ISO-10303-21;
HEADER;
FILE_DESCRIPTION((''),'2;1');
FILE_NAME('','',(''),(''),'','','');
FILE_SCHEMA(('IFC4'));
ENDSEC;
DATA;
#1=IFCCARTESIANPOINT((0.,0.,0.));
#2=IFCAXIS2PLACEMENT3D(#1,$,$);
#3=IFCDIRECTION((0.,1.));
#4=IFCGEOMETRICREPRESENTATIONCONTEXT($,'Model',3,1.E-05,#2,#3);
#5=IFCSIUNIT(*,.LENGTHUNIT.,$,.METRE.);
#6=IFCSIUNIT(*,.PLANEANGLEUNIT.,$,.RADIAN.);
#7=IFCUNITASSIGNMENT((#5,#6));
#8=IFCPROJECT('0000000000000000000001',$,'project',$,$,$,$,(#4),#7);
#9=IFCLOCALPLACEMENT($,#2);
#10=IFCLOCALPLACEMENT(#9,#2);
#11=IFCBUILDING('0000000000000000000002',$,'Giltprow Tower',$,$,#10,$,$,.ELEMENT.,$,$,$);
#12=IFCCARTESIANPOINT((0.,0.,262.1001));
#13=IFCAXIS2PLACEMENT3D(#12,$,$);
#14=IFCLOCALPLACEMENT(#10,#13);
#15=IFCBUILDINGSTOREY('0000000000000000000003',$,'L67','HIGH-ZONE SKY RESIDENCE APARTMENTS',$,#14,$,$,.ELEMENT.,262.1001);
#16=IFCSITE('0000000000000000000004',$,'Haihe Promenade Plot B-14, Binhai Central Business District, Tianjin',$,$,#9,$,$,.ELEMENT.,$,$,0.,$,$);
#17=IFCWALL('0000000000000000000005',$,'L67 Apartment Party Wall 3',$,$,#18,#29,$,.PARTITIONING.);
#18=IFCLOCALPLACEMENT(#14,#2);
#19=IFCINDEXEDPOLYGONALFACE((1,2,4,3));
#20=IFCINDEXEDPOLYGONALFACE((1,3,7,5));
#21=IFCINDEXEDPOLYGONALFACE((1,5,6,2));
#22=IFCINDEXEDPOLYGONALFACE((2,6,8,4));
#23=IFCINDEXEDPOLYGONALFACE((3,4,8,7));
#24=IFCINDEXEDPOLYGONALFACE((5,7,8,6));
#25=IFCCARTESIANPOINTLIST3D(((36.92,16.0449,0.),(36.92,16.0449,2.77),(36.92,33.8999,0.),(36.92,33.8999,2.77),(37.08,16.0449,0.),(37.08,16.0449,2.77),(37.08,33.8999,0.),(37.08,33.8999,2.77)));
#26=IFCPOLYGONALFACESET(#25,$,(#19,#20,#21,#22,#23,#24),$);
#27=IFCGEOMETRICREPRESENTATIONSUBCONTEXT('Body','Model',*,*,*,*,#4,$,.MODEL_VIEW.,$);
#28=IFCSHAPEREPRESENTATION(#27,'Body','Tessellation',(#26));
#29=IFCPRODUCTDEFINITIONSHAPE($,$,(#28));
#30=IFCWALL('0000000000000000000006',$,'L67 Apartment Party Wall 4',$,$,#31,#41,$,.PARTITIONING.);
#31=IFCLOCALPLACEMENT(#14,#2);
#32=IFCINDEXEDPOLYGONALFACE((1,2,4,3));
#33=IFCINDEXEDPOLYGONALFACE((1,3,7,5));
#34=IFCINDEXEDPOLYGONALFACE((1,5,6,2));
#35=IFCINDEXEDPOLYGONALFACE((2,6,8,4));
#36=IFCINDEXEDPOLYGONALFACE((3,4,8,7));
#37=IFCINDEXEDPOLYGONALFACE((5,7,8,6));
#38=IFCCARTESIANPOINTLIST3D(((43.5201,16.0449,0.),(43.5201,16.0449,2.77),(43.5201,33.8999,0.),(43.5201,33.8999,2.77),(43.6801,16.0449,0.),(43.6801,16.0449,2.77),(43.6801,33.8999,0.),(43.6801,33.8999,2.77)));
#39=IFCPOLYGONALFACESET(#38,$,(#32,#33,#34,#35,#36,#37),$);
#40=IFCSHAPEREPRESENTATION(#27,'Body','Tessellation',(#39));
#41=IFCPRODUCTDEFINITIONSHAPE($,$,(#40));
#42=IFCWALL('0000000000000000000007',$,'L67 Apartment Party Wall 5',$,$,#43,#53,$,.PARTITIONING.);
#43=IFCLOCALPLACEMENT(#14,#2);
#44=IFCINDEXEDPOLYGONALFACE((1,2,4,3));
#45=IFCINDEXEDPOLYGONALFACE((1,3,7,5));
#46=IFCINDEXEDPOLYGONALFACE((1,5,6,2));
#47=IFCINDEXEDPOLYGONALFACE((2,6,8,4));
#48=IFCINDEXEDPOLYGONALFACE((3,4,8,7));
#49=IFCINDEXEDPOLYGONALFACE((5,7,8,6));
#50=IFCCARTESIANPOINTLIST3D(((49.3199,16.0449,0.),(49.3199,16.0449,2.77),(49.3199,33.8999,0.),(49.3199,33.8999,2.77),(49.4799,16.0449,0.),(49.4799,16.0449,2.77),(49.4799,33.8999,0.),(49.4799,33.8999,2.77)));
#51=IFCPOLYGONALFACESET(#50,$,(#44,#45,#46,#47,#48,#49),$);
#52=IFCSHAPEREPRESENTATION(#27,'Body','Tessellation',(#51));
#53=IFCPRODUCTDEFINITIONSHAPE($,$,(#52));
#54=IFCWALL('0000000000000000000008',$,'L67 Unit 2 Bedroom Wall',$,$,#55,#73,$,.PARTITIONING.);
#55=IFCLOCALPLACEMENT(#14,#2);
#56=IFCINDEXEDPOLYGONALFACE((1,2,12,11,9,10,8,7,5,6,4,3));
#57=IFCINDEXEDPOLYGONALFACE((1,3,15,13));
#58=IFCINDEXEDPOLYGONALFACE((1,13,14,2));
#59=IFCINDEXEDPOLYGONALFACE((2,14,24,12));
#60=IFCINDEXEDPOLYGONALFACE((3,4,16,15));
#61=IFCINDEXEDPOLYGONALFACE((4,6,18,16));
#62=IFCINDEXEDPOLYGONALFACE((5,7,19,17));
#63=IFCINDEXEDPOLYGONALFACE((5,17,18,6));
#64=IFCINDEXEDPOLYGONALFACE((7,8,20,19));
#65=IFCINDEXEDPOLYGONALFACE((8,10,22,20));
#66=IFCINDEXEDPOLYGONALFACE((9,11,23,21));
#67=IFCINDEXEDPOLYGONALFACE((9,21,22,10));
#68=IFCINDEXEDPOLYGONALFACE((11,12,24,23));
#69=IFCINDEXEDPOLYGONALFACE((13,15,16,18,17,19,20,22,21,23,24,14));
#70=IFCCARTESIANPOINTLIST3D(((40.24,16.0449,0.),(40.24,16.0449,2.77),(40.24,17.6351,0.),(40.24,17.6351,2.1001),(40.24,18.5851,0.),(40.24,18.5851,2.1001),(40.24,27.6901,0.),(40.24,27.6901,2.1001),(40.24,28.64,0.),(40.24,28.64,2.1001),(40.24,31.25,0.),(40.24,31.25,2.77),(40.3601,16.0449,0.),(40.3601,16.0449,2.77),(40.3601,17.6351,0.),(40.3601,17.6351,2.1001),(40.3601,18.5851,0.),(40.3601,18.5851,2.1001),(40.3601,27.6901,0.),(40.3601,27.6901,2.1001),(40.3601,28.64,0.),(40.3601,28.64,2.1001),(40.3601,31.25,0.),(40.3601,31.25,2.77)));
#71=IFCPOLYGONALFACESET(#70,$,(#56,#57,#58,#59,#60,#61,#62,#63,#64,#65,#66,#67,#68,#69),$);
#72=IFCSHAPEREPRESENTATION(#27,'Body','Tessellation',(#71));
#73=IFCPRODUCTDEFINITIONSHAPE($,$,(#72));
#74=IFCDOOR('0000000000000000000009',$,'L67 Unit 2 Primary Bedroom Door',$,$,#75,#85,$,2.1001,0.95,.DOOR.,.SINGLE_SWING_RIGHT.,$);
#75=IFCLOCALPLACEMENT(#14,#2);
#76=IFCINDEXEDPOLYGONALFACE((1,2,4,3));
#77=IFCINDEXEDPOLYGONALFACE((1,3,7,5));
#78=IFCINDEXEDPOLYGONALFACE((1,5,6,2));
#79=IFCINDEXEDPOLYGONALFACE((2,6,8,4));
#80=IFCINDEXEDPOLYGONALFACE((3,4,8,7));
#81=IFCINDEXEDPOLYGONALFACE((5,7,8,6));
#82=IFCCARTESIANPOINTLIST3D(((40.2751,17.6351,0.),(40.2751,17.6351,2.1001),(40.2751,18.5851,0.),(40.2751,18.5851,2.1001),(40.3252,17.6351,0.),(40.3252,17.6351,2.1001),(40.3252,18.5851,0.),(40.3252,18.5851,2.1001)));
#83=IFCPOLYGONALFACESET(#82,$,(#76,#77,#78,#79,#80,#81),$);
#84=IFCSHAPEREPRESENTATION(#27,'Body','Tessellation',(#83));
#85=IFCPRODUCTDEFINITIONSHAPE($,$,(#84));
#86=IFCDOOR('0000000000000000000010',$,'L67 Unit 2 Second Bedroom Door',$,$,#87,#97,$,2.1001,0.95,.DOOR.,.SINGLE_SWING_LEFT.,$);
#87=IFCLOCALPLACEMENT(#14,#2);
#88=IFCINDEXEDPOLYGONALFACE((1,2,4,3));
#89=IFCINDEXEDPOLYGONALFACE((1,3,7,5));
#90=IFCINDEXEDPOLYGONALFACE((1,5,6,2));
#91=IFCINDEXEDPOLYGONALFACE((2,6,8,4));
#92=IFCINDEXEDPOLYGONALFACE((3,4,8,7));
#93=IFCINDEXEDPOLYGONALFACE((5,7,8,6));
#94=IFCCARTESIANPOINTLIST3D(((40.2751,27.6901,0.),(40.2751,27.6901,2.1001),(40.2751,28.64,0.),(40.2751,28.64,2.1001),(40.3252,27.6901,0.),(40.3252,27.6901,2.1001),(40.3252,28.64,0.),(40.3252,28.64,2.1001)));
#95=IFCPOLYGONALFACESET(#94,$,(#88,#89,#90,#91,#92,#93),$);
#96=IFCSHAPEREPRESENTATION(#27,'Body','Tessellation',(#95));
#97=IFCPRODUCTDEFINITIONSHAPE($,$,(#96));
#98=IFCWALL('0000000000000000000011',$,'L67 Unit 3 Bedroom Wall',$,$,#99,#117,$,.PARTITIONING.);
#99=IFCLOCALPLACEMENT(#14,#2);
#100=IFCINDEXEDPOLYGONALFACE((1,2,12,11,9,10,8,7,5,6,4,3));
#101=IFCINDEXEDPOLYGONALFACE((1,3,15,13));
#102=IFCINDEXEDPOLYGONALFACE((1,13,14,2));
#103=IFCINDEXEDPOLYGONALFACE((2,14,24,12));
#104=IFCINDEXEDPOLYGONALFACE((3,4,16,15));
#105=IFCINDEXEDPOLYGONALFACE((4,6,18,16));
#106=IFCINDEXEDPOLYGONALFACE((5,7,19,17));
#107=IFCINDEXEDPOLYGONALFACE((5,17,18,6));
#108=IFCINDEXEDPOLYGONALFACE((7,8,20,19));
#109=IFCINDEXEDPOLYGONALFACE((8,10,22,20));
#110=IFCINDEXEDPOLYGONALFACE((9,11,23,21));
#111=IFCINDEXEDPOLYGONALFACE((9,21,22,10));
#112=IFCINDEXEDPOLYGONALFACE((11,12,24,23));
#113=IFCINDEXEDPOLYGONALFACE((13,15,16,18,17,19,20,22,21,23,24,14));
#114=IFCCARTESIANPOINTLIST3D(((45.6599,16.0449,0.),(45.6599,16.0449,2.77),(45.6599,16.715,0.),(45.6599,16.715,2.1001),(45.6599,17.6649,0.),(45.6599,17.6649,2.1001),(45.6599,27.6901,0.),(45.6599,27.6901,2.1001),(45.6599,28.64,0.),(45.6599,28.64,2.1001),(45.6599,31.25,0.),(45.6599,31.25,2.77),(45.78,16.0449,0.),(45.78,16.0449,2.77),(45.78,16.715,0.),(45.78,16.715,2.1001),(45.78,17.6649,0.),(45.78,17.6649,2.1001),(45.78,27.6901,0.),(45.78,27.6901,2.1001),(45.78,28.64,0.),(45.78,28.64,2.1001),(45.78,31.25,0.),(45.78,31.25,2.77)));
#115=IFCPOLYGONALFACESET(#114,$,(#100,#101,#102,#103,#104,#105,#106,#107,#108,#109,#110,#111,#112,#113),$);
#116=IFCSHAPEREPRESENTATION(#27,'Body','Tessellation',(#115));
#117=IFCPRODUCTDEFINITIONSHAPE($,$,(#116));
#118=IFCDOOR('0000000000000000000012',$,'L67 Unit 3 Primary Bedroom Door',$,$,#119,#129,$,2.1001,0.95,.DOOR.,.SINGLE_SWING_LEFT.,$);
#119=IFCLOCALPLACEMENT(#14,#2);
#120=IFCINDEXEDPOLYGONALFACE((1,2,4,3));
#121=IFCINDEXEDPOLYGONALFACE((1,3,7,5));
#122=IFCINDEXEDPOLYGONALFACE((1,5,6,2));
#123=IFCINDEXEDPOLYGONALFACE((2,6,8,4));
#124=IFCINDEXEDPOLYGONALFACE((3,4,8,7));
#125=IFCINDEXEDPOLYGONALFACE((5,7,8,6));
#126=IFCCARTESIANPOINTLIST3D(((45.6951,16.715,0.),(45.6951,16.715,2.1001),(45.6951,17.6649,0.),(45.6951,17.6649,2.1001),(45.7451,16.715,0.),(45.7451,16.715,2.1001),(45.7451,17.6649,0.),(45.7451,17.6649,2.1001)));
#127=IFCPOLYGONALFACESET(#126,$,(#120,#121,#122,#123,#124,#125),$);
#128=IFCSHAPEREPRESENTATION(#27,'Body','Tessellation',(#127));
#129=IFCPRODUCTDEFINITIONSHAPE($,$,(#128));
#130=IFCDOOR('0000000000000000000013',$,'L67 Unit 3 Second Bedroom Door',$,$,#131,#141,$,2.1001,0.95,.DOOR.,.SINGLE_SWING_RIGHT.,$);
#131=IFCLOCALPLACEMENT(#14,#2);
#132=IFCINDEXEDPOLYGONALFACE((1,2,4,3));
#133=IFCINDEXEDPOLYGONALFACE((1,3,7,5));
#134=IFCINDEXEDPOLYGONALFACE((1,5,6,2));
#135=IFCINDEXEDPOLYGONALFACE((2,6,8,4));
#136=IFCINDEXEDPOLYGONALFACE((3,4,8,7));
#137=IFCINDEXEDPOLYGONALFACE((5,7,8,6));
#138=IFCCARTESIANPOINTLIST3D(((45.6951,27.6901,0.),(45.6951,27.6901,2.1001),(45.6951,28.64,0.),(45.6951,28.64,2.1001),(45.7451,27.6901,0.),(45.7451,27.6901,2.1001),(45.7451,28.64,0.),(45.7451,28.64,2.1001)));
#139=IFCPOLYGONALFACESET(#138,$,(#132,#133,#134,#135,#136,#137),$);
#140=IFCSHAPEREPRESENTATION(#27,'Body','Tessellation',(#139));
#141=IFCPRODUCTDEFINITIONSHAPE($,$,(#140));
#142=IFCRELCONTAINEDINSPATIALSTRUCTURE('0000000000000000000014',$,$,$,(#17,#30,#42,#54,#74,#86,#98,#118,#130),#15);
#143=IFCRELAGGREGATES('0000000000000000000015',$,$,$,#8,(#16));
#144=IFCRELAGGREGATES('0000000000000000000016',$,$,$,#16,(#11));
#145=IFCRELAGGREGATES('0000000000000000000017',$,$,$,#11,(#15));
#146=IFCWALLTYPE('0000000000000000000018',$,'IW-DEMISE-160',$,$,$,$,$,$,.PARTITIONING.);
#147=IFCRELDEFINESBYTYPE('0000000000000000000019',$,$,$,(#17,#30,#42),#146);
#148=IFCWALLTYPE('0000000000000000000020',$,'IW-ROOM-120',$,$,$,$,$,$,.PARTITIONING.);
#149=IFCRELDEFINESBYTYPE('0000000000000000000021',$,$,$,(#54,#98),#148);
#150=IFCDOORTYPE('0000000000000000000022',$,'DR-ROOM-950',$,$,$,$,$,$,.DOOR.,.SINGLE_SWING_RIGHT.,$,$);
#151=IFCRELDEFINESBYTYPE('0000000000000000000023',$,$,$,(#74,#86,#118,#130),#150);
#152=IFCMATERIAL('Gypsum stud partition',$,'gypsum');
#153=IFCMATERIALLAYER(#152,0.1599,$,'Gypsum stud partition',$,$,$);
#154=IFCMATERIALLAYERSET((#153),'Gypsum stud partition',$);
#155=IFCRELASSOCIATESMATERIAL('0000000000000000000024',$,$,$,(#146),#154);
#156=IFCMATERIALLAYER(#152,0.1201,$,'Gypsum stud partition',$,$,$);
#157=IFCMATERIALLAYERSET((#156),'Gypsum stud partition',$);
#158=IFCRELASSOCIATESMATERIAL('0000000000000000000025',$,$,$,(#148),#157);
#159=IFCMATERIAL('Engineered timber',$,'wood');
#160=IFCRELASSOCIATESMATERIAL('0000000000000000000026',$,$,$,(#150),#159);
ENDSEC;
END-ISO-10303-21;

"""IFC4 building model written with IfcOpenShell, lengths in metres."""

from ifc_helpers import new_model, si_unit, direction, frame, frame_2d, origin, place, context, subcontext, project, spatial, rectangle, extrude, source, transform, mapped, material, layer, layer_set, type_object, element, fill, save


model = new_model("IFC4")

# Units and contexts
model_context = context("Model", 3, precision=1e-05, world=origin(), true_north=direction((0.0, 1.0)))
body_context = subcontext(model_context, "Body", "Model", "MODEL_VIEW")
ifc_project = project(units=[si_unit("LENGTHUNIT", "METRE"), si_unit("PLANEANGLEUNIT", "RADIAN")], contexts=[model_context])

# Site, building, storey
site_placement = place(None, origin())
site = spatial("IfcSite", under=ifc_project, at=site_placement, Name="Haihe Promenade Plot B-14, Binhai Central Business District, Tianjin", CompositionType="ELEMENT", RefElevation=0.0)
building_placement = place(site_placement, origin())
building = spatial("IfcBuilding", under=site, at=building_placement, Name="Giltprow Tower", CompositionType="ELEMENT")
storey_placement = place(building_placement, frame((0.0, 0.0, 262.1001)))
storey = spatial("IfcBuildingStorey", under=building, at=storey_placement, Name="L67", Description="HIGH-ZONE SKY RESIDENCE APARTMENTS", CompositionType="ELEMENT", Elevation=262.1001)

# Walls
ifc_material_1 = material(Name="Gypsum stud partition", Category="gypsum")
ifc_layer_1 = layer(ifc_material_1, 0.1599, Name="Gypsum stud partition")
ifc_layer_set_1 = layer_set([ifc_layer_1], Name="Gypsum stud partition")
wall_type_1 = type_object("IfcWallType", Name="IW-DEMISE-160", PredefinedType="PARTITIONING", material=ifc_layer_set_1)
for number, where, z_axis, x_axis, name in (
    (1, (37.0, 16.0449, 0.0), (0.0, 0.0, 1.0), (0.0, 1.0, 0.0), "L67 Apartment Party Wall 3"),
    (2, (43.6001, 16.0449, 0.0), (0.0, 0.0, 1.0), (0.0, 1.0, 0.0), "L67 Apartment Party Wall 4"),
    (3, (49.3999, 16.0449, 0.0), (0.0, 0.0, 1.0), (0.0, 1.0, 0.0), "L67 Apartment Party Wall 5"),
):
    element("IfcWall", number, at=place(storey_placement, frame(where, z_axis=z_axis, x_axis=x_axis)), inside=storey, type_object=wall_type_1, Name=name, PredefinedType="PARTITIONING", context=body_context, shape_type="SweptSolid", body=[
        extrude(rectangle(XDim=17.855, YDim=0.1599, at=frame_2d((8.9275, 0.0))), origin(), (0.0, 0.0, 1.0), 2.77),
    ])

# Walls, openings, doors
ifc_layer_2 = layer(ifc_material_1, 0.1201, Name="Gypsum stud partition")
ifc_layer_set_2 = layer_set([ifc_layer_2], Name="Gypsum stud partition")
wall_type_2 = type_object("IfcWallType", Name="IW-ROOM-120", PredefinedType="PARTITIONING", material=ifc_layer_set_2)
wall_1_placement = place(storey_placement, frame((40.3, 16.0449, 0.0), z_axis=(0.0, 0.0, 1.0), x_axis=(0.0, 1.0, 0.0)))
wall_1 = element("IfcWall", 4, at=wall_1_placement, inside=storey, type_object=wall_type_2, Name="L67 Unit 2 Bedroom Wall", PredefinedType="PARTITIONING", context=body_context, shape_type="SweptSolid", body=[
    extrude(rectangle(XDim=15.2051, YDim=0.1201, at=frame_2d((7.6025, 0.0))), origin(), (0.0, 0.0, 1.0), 2.77),
])
opening_1_placement = place(wall_1_placement, frame((1.5901, 0.0, 0.0)))
opening_1 = element("IfcOpeningElement", 5, at=opening_1_placement, cuts=wall_1, PredefinedType="OPENING", context=body_context, shape_type="SweptSolid", body=[
    extrude(rectangle(XDim=0.95, YDim=2.1001, at=frame_2d((0.4751, 1.05))), frame((0.0, 0.0701, 0.0), z_axis=(0.0, -1.0, 0.0), x_axis=(1.0, 0.0, 0.0)), (0.0, 0.0, 1.0), 0.1401),
])
opening_2_placement = place(wall_1_placement, frame((11.645, 0.0, 0.0)))
opening_2 = element("IfcOpeningElement", 6, at=opening_2_placement, cuts=wall_1, PredefinedType="OPENING", context=body_context, shape_type="SweptSolid", body=[
    extrude(rectangle(XDim=0.95, YDim=2.1001, at=frame_2d((0.4751, 1.05))), frame((0.0, 0.0701, 0.0), z_axis=(0.0, -1.0, 0.0), x_axis=(1.0, 0.0, 0.0)), (0.0, 0.0, 1.0), 0.1401),
])
ifc_material_2 = material(Name="Engineered timber", Category="wood")
door_type_1 = type_object("IfcDoorType", Name="DR-ROOM-950", OperationType="SINGLE_SWING_RIGHT", PredefinedType="DOOR", material=ifc_material_2)
shared_shape_1 = source(origin(), body_context, "Body", "SweptSolid", [
    extrude(rectangle(XDim=0.95, YDim=2.1001, at=frame_2d((0.4751, 1.05))), frame((0.0, 0.0249, 0.0), z_axis=(0.0, -1.0, 0.0), x_axis=(1.0, 0.0, 0.0)), (0.0, 0.0, 1.0), 0.05),
])
door_1_placement = place(opening_1_placement, origin())
door_1 = element("IfcDoor", 7, at=door_1_placement, inside=storey, type_object=door_type_1, Name="L67 Unit 2 Primary Bedroom Door", OperationType="SINGLE_SWING_RIGHT", OverallHeight=2.1001, OverallWidth=0.95, PredefinedType="DOOR", context=body_context, shape_type="MappedRepresentation", body=[
    mapped(shared_shape_1, transform((0.0, 0.0, 0.0), x_axis=(1.0, 0.0, 0.0), y_axis=(0.0, 1.0, 0.0), z_axis=(0.0, 0.0, 1.0), scale=1.0)),
])
fill(opening_1, door_1)
door_2_placement = place(opening_2_placement, origin())
door_2 = element("IfcDoor", 8, at=door_2_placement, inside=storey, type_object=door_type_1, Name="L67 Unit 2 Second Bedroom Door", OperationType="SINGLE_SWING_LEFT", OverallHeight=2.1001, OverallWidth=0.95, PredefinedType="DOOR", context=body_context, shape_type="MappedRepresentation", body=[
    mapped(shared_shape_1, transform((0.0, 0.0, 0.0), x_axis=(1.0, 0.0, 0.0), y_axis=(0.0, 1.0, 0.0), z_axis=(0.0, 0.0, 1.0), scale=1.0)),
])
fill(opening_2, door_2)
wall_2_placement = place(storey_placement, frame((45.72, 16.0449, 0.0), z_axis=(0.0, 0.0, 1.0), x_axis=(0.0, 1.0, 0.0)))
wall_2 = element("IfcWall", 9, at=wall_2_placement, inside=storey, type_object=wall_type_2, Name="L67 Unit 3 Bedroom Wall", PredefinedType="PARTITIONING", context=body_context, shape_type="SweptSolid", body=[
    extrude(rectangle(XDim=15.2051, YDim=0.1201, at=frame_2d((7.6025, 0.0))), origin(), (0.0, 0.0, 1.0), 2.77),
])
opening_3_placement = place(wall_2_placement, frame((0.6699, 0.0, 0.0)))
opening_3 = element("IfcOpeningElement", 10, at=opening_3_placement, cuts=wall_2, PredefinedType="OPENING", context=body_context, shape_type="SweptSolid", body=[
    extrude(rectangle(XDim=0.95, YDim=2.1001, at=frame_2d((0.4751, 1.05))), frame((0.0, 0.0701, 0.0), z_axis=(0.0, -1.0, 0.0), x_axis=(1.0, 0.0, 0.0)), (0.0, 0.0, 1.0), 0.1401),
])
opening_4_placement = place(wall_2_placement, frame((11.645, 0.0, 0.0)))
opening_4 = element("IfcOpeningElement", 11, at=opening_4_placement, cuts=wall_2, PredefinedType="OPENING", context=body_context, shape_type="SweptSolid", body=[
    extrude(rectangle(XDim=0.95, YDim=2.1001, at=frame_2d((0.4751, 1.05))), frame((0.0, 0.0701, 0.0), z_axis=(0.0, -1.0, 0.0), x_axis=(1.0, 0.0, 0.0)), (0.0, 0.0, 1.0), 0.1401),
])
door_3_placement = place(opening_3_placement, origin())
door_3 = element("IfcDoor", 12, at=door_3_placement, inside=storey, type_object=door_type_1, Name="L67 Unit 3 Primary Bedroom Door", OperationType="SINGLE_SWING_LEFT", OverallHeight=2.1001, OverallWidth=0.95, PredefinedType="DOOR", context=body_context, shape_type="MappedRepresentation", body=[
    mapped(shared_shape_1, transform((0.0, 0.0, 0.0), x_axis=(1.0, 0.0, 0.0), y_axis=(0.0, 1.0, 0.0), z_axis=(0.0, 0.0, 1.0), scale=1.0)),
])
fill(opening_3, door_3)
door_4_placement = place(opening_4_placement, origin())
door_4 = element("IfcDoor", 13, at=door_4_placement, inside=storey, type_object=door_type_1, Name="L67 Unit 3 Second Bedroom Door", OperationType="SINGLE_SWING_RIGHT", OverallHeight=2.1001, OverallWidth=0.95, PredefinedType="DOOR", context=body_context, shape_type="MappedRepresentation", body=[
    mapped(shared_shape_1, transform((0.0, 0.0, 0.0), x_axis=(1.0, 0.0, 0.0), y_axis=(0.0, 1.0, 0.0), z_axis=(0.0, 0.0, 1.0), scale=1.0)),
])
fill(opening_4, door_4)

save(model, "model.ifc")
